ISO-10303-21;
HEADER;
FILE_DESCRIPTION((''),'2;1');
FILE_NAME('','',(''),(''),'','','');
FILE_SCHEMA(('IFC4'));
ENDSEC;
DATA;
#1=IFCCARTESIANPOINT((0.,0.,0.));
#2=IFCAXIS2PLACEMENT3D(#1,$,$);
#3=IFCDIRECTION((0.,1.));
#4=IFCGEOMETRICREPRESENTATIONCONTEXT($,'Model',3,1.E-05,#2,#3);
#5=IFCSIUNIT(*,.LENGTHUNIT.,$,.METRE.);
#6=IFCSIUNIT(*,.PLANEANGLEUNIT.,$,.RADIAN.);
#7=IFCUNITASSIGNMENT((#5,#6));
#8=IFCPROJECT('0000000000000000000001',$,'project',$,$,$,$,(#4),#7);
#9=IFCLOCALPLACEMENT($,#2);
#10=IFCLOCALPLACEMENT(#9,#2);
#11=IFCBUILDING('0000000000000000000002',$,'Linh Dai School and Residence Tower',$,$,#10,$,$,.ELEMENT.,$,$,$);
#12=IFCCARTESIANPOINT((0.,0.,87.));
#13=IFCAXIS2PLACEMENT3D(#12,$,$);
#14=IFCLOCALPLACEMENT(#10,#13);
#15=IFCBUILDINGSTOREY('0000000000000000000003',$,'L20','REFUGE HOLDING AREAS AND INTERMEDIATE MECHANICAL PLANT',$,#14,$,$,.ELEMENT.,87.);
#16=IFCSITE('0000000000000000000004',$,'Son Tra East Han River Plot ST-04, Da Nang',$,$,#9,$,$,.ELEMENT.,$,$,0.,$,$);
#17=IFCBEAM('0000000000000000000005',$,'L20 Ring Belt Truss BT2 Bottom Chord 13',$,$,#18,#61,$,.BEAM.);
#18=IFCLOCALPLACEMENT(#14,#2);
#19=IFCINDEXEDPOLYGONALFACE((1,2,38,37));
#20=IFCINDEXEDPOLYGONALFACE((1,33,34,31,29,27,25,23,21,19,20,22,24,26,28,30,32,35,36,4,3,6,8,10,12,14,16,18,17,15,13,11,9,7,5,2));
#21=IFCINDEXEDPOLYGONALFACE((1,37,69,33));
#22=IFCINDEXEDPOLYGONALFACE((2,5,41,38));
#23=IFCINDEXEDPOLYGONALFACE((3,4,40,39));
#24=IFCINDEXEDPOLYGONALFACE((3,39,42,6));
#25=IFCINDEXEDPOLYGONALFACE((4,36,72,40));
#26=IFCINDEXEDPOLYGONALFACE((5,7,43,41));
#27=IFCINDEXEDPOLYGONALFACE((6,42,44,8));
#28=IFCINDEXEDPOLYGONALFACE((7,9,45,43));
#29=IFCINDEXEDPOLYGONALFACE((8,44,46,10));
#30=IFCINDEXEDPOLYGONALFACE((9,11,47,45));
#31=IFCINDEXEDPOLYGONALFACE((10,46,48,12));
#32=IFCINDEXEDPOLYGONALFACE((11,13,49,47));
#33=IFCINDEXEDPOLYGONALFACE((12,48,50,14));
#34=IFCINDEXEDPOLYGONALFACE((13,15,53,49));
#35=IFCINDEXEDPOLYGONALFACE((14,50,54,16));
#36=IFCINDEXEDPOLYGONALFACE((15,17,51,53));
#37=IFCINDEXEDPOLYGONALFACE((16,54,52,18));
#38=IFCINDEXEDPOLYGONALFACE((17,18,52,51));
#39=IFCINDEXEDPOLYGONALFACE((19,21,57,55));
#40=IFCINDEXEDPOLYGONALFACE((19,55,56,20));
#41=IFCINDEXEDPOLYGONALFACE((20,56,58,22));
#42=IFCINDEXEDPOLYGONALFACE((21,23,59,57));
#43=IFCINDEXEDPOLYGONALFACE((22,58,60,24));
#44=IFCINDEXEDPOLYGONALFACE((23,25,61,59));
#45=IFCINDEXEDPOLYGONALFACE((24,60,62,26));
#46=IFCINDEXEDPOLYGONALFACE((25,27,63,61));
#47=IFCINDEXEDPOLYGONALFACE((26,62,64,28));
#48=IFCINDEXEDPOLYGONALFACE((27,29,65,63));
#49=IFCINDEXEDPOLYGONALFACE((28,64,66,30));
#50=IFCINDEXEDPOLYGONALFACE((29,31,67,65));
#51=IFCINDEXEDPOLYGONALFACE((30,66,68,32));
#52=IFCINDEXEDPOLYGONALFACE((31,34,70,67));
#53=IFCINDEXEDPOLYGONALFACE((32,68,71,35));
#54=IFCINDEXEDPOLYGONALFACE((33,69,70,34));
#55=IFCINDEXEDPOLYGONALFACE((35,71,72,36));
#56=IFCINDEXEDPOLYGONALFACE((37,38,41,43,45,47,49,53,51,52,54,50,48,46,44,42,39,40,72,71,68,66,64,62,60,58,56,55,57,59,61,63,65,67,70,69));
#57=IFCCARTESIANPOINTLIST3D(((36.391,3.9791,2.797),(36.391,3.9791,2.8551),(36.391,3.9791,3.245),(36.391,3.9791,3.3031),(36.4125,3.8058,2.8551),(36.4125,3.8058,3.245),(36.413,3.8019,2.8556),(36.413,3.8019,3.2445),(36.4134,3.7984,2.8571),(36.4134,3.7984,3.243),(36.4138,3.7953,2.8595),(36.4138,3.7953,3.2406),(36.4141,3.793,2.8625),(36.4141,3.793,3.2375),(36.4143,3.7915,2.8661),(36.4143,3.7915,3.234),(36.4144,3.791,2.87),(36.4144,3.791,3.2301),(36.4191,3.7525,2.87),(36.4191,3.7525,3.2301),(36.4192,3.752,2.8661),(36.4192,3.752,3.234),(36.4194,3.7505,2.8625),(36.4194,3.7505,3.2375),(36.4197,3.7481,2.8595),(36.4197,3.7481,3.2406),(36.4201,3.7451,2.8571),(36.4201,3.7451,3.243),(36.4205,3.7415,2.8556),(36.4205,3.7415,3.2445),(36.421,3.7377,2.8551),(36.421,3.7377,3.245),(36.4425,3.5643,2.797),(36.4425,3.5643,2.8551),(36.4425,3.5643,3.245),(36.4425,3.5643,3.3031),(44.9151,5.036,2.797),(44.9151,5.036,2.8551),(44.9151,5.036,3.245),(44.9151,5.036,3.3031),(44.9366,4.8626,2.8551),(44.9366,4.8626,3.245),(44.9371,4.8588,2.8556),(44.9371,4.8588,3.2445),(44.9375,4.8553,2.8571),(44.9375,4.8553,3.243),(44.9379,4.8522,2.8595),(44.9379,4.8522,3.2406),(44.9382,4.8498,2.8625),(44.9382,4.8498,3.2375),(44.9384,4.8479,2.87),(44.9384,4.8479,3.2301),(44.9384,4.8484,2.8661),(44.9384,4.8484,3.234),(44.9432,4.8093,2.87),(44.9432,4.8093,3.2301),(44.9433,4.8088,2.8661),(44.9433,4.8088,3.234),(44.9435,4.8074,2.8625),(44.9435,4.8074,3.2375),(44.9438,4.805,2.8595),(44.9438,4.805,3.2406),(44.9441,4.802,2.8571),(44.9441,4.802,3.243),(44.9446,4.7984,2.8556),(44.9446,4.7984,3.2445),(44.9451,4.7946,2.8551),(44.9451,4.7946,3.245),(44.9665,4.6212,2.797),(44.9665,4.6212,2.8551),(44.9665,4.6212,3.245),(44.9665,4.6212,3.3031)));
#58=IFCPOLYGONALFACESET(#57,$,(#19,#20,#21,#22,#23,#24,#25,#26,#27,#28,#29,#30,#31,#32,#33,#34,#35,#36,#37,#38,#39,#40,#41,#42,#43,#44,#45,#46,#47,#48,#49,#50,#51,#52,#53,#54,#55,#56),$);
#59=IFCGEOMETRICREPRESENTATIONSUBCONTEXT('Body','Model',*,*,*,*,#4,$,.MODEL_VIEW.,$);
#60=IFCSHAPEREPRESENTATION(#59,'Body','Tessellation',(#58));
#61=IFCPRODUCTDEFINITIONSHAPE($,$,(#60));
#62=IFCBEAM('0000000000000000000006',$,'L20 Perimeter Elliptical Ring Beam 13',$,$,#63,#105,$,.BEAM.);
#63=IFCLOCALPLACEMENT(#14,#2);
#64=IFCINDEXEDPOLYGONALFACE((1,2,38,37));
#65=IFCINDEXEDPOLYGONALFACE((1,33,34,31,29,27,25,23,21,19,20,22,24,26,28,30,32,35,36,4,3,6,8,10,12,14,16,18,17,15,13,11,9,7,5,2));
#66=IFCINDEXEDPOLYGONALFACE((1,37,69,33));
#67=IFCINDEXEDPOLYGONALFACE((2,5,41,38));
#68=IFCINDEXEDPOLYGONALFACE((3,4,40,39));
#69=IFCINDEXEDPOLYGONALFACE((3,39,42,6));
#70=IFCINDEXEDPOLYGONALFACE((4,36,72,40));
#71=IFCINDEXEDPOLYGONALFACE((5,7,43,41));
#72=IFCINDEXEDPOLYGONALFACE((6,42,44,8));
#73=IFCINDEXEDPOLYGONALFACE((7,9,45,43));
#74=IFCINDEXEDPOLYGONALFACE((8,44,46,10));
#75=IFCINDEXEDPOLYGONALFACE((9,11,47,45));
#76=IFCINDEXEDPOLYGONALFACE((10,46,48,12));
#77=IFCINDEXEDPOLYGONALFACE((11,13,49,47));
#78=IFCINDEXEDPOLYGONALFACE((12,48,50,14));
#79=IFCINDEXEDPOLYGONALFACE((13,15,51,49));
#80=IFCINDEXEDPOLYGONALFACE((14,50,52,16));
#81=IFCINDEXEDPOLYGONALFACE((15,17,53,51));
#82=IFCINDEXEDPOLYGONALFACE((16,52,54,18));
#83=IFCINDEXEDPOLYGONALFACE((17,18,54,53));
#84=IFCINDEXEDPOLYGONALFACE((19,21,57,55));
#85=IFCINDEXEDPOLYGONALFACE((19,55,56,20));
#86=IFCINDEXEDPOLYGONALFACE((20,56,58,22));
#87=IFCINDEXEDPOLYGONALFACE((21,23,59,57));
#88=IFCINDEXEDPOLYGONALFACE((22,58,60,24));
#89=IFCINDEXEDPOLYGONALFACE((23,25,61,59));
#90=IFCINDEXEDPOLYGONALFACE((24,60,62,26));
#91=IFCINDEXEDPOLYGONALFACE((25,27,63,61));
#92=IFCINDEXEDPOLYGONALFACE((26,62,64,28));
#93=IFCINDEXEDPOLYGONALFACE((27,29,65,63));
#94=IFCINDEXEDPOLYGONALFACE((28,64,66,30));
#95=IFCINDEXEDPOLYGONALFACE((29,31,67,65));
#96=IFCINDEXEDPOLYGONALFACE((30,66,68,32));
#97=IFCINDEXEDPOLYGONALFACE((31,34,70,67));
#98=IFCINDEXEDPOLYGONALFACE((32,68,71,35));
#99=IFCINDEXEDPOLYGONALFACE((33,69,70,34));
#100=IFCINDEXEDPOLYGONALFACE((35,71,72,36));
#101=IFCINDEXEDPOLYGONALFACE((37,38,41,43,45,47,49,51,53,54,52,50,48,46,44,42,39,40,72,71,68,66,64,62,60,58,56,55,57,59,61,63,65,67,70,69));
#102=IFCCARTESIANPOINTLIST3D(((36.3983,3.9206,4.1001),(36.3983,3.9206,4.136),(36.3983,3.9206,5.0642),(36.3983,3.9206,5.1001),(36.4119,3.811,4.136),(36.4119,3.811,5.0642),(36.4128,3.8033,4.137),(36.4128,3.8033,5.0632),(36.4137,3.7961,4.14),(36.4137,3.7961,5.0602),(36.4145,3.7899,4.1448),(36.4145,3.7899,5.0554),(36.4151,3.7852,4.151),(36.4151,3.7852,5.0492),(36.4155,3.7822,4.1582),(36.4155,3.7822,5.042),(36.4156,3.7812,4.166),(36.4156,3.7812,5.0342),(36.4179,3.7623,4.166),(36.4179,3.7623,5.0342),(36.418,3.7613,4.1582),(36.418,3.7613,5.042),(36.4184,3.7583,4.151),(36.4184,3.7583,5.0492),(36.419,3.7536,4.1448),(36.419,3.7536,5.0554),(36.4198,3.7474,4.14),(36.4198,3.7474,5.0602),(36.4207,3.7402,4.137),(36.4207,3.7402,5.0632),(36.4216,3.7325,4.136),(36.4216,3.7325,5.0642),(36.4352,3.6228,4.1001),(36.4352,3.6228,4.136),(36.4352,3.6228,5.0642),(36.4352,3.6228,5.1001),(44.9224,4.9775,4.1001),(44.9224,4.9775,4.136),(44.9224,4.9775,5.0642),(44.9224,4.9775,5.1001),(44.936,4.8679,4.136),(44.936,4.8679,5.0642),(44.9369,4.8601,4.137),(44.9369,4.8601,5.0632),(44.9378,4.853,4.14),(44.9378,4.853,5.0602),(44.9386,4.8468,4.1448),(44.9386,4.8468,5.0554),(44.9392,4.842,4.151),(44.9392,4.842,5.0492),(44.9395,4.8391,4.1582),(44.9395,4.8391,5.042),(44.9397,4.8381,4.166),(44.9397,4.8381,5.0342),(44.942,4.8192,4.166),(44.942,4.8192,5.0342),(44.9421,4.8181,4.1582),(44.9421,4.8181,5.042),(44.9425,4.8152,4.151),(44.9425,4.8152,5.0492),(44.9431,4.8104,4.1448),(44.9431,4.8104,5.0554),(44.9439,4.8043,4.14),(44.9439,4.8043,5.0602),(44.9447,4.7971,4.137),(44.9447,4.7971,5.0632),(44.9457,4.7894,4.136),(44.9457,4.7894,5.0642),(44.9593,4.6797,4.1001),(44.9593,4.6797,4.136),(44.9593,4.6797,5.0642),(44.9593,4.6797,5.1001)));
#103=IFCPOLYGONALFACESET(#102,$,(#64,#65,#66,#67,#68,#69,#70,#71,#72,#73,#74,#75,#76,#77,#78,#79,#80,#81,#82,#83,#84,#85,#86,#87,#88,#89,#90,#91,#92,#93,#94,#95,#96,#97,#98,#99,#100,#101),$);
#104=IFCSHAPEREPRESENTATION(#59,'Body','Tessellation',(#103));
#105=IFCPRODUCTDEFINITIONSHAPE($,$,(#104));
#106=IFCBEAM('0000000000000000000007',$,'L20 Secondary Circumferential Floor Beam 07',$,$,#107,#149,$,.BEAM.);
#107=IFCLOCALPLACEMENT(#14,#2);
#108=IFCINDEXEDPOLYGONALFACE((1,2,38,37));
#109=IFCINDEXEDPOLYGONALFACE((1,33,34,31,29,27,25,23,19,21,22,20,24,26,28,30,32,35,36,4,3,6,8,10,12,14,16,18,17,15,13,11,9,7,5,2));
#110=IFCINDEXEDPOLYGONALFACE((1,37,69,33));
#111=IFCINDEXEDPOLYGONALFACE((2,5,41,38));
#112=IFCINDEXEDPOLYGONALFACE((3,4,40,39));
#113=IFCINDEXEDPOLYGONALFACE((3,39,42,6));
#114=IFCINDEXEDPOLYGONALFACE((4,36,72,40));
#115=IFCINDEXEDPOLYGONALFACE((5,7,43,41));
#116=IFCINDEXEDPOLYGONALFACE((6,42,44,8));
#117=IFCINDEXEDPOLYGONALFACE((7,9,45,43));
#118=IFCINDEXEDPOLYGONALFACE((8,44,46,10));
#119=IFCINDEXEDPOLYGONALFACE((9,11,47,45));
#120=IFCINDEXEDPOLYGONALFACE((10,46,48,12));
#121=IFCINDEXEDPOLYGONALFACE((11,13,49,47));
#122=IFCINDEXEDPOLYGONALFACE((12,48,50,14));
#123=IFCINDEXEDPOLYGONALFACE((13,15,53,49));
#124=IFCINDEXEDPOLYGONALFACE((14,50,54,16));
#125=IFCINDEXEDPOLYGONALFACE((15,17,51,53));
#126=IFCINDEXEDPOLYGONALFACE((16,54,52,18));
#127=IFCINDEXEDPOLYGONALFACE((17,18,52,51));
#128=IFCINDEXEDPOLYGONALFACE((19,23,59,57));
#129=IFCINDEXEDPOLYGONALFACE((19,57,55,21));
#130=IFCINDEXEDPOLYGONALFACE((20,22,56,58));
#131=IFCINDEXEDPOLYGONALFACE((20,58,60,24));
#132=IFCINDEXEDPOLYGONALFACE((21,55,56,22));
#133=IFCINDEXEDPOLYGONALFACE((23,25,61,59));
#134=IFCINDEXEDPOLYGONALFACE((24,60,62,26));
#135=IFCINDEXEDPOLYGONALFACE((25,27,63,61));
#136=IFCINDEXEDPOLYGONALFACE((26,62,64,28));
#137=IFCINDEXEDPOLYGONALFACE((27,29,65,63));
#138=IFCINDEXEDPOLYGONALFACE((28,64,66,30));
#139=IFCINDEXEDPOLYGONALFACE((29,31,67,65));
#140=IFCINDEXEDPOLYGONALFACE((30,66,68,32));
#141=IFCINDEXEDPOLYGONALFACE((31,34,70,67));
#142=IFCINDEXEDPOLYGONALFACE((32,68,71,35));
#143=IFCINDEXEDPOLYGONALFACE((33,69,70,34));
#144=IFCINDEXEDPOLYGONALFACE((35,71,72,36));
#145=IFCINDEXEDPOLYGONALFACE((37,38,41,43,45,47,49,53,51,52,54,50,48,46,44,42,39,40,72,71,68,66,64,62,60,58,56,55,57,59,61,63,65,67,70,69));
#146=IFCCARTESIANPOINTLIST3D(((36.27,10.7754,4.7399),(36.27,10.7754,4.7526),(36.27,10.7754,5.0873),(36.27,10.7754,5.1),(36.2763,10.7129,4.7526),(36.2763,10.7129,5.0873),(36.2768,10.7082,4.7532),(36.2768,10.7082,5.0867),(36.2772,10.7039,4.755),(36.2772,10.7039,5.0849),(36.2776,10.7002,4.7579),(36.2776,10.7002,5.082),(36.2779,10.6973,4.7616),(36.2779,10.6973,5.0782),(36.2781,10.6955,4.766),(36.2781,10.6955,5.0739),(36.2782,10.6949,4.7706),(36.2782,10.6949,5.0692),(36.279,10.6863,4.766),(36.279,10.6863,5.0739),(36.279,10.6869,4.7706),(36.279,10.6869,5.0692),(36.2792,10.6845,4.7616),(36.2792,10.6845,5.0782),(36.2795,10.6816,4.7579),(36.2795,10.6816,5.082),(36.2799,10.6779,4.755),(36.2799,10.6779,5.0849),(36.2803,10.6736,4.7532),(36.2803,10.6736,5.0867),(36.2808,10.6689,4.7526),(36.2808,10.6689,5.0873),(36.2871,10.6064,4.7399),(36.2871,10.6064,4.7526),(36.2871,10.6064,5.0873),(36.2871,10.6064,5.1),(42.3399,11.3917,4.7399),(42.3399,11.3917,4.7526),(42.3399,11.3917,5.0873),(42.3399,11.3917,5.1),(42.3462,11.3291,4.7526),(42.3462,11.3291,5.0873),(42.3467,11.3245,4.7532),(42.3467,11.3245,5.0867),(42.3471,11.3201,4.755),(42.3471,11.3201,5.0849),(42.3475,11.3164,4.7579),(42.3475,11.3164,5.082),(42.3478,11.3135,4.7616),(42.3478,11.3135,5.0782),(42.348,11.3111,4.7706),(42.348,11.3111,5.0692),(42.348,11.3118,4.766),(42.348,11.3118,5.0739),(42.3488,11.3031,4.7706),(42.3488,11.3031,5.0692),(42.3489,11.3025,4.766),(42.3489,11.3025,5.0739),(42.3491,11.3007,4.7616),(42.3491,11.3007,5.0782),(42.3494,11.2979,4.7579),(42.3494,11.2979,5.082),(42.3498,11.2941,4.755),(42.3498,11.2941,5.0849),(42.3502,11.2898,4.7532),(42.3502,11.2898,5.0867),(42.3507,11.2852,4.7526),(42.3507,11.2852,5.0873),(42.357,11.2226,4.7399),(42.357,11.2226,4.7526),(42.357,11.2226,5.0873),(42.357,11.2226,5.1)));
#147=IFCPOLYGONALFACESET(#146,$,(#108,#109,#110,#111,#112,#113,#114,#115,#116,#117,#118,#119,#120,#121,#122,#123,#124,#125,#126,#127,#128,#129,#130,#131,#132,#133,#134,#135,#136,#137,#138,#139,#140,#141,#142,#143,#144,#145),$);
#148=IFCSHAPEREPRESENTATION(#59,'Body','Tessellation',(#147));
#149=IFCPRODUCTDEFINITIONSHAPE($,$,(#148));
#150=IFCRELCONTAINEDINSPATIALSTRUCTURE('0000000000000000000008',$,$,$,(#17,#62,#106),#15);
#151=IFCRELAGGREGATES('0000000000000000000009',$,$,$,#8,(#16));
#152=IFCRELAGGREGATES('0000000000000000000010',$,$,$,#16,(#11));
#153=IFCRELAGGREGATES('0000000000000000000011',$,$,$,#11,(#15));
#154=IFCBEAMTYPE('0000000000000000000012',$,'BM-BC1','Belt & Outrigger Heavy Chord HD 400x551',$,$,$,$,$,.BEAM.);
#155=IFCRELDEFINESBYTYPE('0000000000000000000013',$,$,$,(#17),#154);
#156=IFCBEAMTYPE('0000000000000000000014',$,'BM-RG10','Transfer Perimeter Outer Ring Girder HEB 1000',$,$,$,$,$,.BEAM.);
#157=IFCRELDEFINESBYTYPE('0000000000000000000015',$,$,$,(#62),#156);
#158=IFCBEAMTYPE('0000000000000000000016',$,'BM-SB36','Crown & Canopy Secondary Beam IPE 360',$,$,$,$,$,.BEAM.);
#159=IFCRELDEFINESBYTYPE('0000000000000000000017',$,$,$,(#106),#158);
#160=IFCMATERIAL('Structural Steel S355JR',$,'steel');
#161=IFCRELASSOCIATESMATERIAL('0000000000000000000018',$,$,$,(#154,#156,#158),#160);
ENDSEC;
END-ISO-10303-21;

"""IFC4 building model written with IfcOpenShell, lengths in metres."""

from ifc_helpers import new_model, si_unit, direction, frame, origin, origin_2d, place, context, subcontext, project, spatial, i_section, extrude, material, material_profile, profile_set, type_object, element, save


model = new_model("IFC4")

# Units and contexts
model_context = context("Model", 3, precision=1e-05, world=origin(), true_north=direction((0.0, 1.0)))
body_context = subcontext(model_context, "Body", "Model", "MODEL_VIEW")
ifc_project = project(units=[si_unit("LENGTHUNIT", "METRE"), si_unit("PLANEANGLEUNIT", "RADIAN")], contexts=[model_context])

# Site, building, storey
site_placement = place(None, origin())
site = spatial("IfcSite", under=ifc_project, at=site_placement, Name="Son Tra East Han River Plot ST-04, Da Nang", CompositionType="ELEMENT", RefElevation=0.0)
building_placement = place(site_placement, origin())
building = spatial("IfcBuilding", under=site, at=building_placement, Name="Linh Dai School and Residence Tower", CompositionType="ELEMENT")
storey_placement = place(building_placement, frame((0.0, 0.0, 87.0)))
storey = spatial("IfcBuildingStorey", under=building, at=storey_placement, Name="L20", Description="REFUGE HOLDING AREAS AND INTERMEDIATE MECHANICAL PLANT", CompositionType="ELEMENT", Elevation=87.0)

# Shared definitions
ifc_material_1 = material(Name="Structural Steel S355JR", Category="steel")

# Beams
ifc_material_profile_1 = material_profile(ifc_material_1, i_section(OverallWidth=0.418, OverallDepth=0.5061, WebThickness=0.0388, FlangeThickness=0.0581, FilletRadius=0.0149, at=origin_2d()), Name="HD 400x551")
ifc_profile_set_1 = profile_set([ifc_material_profile_1], Name="Structural Steel S355JR")
beam_type_1 = type_object("IfcBeamType", Name="BM-BC1", Description="Belt & Outrigger Heavy Chord HD 400x551", PredefinedType="BEAM", material=ifc_profile_set_1)
beam_1_placement = place(storey_placement, frame((36.4167, 3.7717, 3.05), z_axis=(0.992401, 0.123045, 0.0), x_axis=(-0.123045, 0.992401, 0.0)))
element("IfcBeam", 1, at=beam_1_placement, inside=storey, type_object=beam_type_1, Name="L20 Ring Belt Truss BT2 Bottom Chord 13", PredefinedType="BEAM", context=body_context, shape_type="SweptSolid", body=[
    extrude(i_section(OverallWidth=0.418, OverallDepth=0.5061, WebThickness=0.0388, FlangeThickness=0.0581, FilletRadius=0.0149, at=origin_2d()), origin(), (0.0, 0.0, 1.0), 8.5894),
])
ifc_material_profile_2 = material_profile(ifc_material_1, i_section(OverallWidth=0.3, OverallDepth=1.0, WebThickness=0.019, FlangeThickness=0.0359, FilletRadius=0.03, at=origin_2d()), Name="HEB 1000")
ifc_profile_set_2 = profile_set([ifc_material_profile_2], Name="Structural Steel S355JR")
beam_type_2 = type_object("IfcBeamType", Name="BM-RG10", Description="Transfer Perimeter Outer Ring Girder HEB 1000", PredefinedType="BEAM", material=ifc_profile_set_2)
beam_2_placement = place(storey_placement, frame((36.4167, 3.7717, 4.6001), z_axis=(0.992401, 0.123045, 0.0), x_axis=(-0.123045, 0.992401, 0.0)))
element("IfcBeam", 2, at=beam_2_placement, inside=storey, type_object=beam_type_2, Name="L20 Perimeter Elliptical Ring Beam 13", PredefinedType="BEAM", context=body_context, shape_type="SweptSolid", body=[
    extrude(i_section(OverallWidth=0.3, OverallDepth=1.0, WebThickness=0.019, FlangeThickness=0.0359, FilletRadius=0.03, at=origin_2d()), origin(), (0.0, 0.0, 1.0), 8.5894),
])
ifc_material_profile_3 = material_profile(ifc_material_1, i_section(OverallWidth=0.1699, OverallDepth=0.3601, WebThickness=0.0081, FlangeThickness=0.0127, FilletRadius=0.0181, at=origin_2d()), Name="IPE 360")
ifc_profile_set_3 = profile_set([ifc_material_profile_3], Name="Structural Steel S355JR")
beam_type_3 = type_object("IfcBeamType", Name="BM-SB36", Description="Crown & Canopy Secondary Beam IPE 360", PredefinedType="BEAM", material=ifc_profile_set_3)
beam_3_placement = place(storey_placement, frame((36.2786, 10.6909, 4.9199), z_axis=(0.994886, 0.101001, 0.0), x_axis=(-0.101001, 0.994886, 0.0)))
element("IfcBeam", 3, at=beam_3_placement, inside=storey, type_object=beam_type_3, Name="L20 Secondary Circumferential Floor Beam 07", PredefinedType="BEAM", context=body_context, shape_type="SweptSolid", body=[
    extrude(i_section(OverallWidth=0.1699, OverallDepth=0.3601, WebThickness=0.0081, FlangeThickness=0.0127, FilletRadius=0.0181, at=origin_2d()), origin(), (0.0, 0.0, 1.0), 6.1011),
])

save(model, "model.ifc")
